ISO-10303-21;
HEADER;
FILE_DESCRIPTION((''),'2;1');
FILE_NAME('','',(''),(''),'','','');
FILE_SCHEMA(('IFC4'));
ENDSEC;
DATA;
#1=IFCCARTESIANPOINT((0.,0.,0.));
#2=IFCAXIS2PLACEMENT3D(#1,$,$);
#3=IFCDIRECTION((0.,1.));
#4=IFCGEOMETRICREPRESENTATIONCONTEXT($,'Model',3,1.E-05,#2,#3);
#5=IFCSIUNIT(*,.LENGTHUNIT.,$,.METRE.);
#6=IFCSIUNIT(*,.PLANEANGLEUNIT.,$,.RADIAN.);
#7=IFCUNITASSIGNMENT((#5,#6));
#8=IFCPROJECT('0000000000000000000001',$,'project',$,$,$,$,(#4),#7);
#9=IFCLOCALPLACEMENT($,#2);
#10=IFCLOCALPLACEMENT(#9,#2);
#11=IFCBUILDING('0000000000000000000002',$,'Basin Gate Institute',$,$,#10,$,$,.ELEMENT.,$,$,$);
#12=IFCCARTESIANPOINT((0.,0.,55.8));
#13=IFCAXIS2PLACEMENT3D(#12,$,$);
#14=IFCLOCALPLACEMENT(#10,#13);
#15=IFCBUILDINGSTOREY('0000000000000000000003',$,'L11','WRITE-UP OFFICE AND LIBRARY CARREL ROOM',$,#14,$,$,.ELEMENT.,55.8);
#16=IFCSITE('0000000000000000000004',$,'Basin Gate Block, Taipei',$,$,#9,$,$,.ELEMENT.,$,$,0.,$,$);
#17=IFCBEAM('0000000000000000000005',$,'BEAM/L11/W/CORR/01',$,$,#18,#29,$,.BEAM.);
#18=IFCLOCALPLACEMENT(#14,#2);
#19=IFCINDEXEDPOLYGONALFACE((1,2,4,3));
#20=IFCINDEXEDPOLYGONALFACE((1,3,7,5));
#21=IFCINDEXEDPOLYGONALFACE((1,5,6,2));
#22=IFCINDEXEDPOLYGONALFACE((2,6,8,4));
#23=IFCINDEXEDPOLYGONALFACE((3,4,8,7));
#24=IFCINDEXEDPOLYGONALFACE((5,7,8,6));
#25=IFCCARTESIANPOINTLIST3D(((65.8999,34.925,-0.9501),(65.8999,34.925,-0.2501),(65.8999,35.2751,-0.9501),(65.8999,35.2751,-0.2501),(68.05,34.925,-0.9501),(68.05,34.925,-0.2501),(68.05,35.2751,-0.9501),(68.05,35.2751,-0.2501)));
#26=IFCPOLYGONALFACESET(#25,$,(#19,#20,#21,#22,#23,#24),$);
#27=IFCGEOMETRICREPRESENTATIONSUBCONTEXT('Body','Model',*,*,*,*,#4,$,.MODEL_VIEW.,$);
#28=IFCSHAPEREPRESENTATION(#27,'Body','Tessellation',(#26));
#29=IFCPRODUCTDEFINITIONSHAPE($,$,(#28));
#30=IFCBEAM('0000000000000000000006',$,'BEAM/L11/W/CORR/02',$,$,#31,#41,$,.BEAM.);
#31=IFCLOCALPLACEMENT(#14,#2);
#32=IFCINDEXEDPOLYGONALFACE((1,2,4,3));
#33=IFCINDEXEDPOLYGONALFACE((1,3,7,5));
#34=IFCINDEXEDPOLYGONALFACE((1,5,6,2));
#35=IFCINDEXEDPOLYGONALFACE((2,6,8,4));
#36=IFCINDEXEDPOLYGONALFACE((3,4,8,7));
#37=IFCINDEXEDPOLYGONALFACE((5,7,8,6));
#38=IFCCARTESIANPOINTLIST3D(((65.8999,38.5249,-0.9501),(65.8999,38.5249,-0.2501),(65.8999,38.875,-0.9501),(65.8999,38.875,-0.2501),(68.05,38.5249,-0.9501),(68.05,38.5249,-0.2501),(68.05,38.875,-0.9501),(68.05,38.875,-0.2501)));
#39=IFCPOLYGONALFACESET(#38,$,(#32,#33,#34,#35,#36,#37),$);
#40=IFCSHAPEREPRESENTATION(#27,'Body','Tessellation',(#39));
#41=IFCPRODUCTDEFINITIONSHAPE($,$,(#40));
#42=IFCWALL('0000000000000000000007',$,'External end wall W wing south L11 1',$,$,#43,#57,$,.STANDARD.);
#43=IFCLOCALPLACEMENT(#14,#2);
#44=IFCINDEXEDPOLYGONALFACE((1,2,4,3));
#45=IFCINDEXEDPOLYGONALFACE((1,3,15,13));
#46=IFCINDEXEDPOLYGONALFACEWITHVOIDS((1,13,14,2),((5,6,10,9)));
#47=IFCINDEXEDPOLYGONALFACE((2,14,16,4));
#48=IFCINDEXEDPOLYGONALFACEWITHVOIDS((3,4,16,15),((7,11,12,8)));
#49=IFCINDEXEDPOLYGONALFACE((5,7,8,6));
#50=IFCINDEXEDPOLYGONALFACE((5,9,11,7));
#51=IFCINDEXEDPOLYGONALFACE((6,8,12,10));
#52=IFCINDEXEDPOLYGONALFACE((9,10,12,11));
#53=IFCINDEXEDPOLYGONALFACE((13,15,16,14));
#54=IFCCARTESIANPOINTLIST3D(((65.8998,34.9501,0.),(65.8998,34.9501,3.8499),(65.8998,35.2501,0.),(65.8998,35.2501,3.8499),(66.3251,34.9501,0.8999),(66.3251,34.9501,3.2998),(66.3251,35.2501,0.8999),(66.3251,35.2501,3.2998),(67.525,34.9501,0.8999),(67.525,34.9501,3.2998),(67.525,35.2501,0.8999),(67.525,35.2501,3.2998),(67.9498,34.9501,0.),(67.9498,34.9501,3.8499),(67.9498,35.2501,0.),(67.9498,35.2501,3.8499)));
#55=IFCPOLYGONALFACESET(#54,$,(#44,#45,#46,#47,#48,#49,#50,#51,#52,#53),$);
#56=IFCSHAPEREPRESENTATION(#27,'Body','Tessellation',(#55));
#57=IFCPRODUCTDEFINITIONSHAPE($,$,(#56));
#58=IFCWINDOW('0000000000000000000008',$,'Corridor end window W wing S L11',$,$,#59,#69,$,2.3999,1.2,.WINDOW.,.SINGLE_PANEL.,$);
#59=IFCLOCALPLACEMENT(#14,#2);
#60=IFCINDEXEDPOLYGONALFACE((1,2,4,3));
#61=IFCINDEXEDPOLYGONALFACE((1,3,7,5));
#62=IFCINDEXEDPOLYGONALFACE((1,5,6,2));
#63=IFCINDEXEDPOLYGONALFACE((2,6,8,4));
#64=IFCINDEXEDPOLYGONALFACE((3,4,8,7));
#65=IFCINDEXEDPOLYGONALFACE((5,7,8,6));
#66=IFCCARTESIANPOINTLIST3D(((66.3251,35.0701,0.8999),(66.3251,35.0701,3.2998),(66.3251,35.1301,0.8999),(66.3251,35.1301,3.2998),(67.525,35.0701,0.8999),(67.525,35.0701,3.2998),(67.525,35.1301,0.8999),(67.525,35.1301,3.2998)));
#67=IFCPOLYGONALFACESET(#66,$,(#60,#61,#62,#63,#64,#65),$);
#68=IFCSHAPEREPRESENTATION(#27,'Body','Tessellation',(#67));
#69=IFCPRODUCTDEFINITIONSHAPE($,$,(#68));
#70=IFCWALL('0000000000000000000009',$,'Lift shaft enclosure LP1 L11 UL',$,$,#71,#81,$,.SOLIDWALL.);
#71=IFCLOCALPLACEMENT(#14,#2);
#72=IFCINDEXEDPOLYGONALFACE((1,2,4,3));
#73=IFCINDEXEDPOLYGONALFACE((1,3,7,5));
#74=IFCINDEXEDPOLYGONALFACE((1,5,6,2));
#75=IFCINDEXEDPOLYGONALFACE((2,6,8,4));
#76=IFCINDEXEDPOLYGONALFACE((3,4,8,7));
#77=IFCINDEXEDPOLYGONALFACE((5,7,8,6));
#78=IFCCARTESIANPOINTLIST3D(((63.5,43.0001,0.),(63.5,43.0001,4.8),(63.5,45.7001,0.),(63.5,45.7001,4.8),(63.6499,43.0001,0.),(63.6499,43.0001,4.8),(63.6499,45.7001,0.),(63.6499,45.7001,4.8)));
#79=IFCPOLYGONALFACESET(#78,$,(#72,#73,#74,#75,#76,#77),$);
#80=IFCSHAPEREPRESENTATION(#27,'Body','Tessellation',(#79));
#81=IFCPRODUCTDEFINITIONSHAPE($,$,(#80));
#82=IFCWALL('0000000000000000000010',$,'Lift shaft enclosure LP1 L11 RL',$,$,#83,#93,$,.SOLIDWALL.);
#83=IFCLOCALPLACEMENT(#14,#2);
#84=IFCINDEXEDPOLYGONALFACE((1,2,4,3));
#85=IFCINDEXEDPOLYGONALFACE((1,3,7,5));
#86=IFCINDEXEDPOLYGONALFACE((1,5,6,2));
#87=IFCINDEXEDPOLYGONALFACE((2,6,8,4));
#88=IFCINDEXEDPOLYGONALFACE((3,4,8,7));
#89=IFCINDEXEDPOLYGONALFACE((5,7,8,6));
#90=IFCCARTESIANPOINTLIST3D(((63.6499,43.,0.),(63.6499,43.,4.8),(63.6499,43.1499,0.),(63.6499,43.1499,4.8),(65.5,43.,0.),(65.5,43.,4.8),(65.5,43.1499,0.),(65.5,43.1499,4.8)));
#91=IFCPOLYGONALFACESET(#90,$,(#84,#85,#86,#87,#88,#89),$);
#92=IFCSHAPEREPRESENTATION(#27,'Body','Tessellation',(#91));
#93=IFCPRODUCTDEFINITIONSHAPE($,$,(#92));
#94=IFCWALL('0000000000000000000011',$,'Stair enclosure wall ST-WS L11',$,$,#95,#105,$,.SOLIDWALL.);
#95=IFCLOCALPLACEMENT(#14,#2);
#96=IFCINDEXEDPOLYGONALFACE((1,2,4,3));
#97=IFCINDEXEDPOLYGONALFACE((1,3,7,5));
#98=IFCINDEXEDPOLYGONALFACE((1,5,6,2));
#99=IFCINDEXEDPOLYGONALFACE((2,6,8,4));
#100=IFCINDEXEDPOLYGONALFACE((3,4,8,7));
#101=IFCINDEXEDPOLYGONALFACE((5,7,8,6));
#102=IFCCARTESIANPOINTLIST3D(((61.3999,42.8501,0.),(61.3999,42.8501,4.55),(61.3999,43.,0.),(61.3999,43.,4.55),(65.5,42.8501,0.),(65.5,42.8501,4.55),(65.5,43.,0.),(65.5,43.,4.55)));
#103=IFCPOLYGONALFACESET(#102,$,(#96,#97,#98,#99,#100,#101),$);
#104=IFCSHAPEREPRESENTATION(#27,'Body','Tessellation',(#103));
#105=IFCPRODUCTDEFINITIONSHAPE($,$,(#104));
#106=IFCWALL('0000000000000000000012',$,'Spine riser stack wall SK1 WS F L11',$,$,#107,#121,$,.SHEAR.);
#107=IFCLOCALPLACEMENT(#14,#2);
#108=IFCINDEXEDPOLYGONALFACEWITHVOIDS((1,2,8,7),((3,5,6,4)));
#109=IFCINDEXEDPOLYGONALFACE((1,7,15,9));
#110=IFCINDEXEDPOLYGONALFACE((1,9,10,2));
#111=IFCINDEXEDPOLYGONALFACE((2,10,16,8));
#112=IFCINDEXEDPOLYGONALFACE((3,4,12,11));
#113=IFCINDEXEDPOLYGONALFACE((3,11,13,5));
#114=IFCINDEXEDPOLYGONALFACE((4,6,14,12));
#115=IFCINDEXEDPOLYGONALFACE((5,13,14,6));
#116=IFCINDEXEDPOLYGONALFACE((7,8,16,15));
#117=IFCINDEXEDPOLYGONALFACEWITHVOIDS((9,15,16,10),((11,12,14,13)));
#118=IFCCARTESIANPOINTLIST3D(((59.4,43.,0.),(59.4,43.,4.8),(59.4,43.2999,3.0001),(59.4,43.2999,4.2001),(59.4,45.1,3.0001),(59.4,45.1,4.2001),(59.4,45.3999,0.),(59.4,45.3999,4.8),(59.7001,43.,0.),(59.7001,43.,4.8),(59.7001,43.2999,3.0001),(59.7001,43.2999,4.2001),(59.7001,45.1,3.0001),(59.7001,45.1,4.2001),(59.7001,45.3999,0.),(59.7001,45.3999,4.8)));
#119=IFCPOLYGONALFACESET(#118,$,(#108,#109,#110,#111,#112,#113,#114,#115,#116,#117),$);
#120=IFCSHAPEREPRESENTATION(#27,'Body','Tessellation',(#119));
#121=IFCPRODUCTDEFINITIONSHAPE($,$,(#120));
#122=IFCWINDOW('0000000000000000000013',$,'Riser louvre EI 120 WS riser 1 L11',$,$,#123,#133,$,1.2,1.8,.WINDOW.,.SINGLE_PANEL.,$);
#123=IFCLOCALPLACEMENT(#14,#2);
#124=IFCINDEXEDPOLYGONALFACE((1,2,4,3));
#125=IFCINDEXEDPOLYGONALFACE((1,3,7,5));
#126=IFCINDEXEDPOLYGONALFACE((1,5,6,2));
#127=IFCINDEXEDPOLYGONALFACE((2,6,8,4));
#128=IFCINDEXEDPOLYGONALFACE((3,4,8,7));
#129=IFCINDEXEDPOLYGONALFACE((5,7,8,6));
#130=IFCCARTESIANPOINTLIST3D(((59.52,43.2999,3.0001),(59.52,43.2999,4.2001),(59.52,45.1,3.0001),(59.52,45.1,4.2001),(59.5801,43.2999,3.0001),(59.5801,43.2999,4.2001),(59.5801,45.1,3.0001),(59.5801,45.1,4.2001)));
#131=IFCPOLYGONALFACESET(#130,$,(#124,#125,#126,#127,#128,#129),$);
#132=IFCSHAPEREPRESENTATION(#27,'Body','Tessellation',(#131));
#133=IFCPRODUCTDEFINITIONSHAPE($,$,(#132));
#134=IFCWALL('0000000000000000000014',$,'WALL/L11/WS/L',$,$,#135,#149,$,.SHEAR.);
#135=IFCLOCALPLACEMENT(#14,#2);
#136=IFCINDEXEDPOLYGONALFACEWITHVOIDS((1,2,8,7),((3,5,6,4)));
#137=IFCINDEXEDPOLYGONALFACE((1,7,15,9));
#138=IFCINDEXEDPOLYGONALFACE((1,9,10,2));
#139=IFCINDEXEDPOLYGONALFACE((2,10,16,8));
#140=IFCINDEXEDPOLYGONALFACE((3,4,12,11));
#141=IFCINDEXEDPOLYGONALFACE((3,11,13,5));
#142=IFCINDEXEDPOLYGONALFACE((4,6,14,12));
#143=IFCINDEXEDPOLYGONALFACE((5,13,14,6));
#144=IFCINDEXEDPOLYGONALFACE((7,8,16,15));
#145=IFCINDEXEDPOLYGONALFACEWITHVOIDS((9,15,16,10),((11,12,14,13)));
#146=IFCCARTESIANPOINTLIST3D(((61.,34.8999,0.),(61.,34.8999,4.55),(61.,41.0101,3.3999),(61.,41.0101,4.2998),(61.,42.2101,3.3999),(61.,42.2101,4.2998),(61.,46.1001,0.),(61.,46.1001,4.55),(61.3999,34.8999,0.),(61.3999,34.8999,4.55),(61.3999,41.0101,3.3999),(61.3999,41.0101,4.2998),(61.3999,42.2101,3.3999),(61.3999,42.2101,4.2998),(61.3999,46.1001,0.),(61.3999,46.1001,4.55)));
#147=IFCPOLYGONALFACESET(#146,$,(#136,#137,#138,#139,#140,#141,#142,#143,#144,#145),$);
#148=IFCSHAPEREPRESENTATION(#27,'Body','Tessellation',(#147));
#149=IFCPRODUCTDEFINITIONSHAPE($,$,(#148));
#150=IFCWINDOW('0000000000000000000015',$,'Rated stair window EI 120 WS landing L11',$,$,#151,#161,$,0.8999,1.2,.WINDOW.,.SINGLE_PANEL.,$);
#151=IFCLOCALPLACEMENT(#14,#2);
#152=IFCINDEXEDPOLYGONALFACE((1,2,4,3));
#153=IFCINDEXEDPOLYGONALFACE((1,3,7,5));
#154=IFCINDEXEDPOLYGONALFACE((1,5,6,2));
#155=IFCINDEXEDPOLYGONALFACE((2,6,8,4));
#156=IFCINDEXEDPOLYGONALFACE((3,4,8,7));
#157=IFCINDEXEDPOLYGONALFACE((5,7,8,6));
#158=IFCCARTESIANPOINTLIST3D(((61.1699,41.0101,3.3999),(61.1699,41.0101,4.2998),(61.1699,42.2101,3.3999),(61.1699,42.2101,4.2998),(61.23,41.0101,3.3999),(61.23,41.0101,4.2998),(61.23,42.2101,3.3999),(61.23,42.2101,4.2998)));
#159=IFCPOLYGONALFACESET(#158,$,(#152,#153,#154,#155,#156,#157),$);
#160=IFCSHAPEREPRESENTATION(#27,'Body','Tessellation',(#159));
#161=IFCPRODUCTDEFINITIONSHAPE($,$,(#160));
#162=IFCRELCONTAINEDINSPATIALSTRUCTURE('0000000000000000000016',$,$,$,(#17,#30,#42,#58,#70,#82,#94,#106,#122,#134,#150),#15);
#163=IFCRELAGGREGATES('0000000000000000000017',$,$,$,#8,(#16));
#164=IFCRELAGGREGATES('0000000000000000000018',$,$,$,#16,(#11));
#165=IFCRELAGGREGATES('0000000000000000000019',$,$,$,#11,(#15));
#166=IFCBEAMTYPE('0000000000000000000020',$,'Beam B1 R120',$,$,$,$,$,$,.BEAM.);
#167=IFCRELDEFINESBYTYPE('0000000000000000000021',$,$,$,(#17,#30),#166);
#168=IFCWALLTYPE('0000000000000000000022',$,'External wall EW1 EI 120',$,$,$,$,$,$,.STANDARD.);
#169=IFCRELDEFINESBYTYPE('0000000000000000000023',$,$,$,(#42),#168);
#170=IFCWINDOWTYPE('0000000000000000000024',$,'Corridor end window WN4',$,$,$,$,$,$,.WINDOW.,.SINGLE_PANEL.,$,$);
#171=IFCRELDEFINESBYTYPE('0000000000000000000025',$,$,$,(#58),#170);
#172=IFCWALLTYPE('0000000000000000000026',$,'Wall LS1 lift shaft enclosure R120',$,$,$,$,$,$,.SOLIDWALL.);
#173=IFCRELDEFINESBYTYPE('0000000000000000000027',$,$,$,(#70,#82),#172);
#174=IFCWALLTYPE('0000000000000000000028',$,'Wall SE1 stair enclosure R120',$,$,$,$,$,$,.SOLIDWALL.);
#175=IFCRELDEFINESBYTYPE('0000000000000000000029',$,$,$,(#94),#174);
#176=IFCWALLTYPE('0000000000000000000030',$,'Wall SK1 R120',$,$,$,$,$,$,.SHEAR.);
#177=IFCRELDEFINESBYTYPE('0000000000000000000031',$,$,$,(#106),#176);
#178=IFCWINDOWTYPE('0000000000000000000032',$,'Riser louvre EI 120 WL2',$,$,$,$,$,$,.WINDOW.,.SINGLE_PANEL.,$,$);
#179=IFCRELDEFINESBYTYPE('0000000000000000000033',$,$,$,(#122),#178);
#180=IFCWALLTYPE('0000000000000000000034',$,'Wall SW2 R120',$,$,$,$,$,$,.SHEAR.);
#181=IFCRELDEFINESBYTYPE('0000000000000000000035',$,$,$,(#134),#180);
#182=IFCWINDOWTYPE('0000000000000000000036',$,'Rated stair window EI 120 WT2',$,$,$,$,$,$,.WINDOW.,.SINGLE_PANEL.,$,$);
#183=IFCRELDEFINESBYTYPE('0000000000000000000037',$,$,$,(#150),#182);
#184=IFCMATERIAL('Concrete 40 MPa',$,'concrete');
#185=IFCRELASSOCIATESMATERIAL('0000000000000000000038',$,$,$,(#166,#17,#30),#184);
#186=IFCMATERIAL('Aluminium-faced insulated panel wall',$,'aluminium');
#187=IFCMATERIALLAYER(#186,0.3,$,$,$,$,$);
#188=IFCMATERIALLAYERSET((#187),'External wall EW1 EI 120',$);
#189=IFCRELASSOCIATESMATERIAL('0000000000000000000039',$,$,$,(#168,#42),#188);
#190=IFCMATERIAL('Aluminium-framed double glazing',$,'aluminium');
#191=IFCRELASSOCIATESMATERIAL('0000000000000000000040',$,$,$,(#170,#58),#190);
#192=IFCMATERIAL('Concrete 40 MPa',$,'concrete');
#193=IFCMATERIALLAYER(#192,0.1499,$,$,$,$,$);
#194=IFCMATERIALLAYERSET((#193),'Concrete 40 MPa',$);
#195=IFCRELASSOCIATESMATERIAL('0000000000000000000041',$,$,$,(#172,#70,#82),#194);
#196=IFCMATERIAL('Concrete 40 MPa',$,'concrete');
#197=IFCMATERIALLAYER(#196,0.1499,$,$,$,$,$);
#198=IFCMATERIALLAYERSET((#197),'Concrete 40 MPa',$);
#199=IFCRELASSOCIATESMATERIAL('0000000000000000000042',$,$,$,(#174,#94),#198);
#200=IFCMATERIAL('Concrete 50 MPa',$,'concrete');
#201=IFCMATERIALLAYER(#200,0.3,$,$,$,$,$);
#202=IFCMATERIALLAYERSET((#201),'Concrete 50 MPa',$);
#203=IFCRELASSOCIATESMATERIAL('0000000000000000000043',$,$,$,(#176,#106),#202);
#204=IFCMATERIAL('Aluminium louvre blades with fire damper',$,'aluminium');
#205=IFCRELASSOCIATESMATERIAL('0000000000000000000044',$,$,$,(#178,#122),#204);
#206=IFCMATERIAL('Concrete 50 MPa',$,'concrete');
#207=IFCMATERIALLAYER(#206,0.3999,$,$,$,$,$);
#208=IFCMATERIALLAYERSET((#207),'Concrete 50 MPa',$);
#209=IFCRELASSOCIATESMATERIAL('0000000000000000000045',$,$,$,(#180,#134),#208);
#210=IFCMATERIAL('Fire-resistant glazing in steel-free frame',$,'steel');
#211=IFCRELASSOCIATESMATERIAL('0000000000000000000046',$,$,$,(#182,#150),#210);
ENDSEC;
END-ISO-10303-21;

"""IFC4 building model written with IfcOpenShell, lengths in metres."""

from ifc_helpers import new_model, si_unit, direction, frame, frame_2d, origin, origin_2d, place, context, subcontext, project, spatial, rectangle, extrude, material, layer, layer_set, material_profile, profile_set, type_object, element, fill, save


model = new_model("IFC4")

# Units and contexts
model_context = context("Model", 3, precision=1e-05, world=origin(), true_north=direction((0.0, 1.0)))
body_context = subcontext(model_context, "Body", "Model", "MODEL_VIEW")
ifc_project = project(units=[si_unit("LENGTHUNIT", "METRE"), si_unit("PLANEANGLEUNIT", "RADIAN")], contexts=[model_context])

# Site, building, storey
site_placement = place(None, origin())
site = spatial("IfcSite", under=ifc_project, at=site_placement, Name="Basin Gate Block, Taipei", CompositionType="ELEMENT", RefElevation=0.0)
building_placement = place(site_placement, origin())
building = spatial("IfcBuilding", under=site, at=building_placement, Name="Basin Gate Institute", CompositionType="ELEMENT")
storey_placement = place(building_placement, frame((0.0, 0.0, 55.8)))
storey = spatial("IfcBuildingStorey", under=building, at=storey_placement, Name="L11", Description="WRITE-UP OFFICE AND LIBRARY CARREL ROOM", CompositionType="ELEMENT", Elevation=55.8)

# Beams
ifc_material_1 = material(Name="Concrete 40 MPa", Category="concrete")
ifc_material_profile = material_profile(ifc_material_1, rectangle(XDim=0.3501, YDim=0.7, at=origin_2d()), Name="Beam B1 350 x 700")
ifc_profile_set = profile_set([ifc_material_profile], Name="Concrete 40 MPa")
beam_type = type_object("IfcBeamType", Name="Beam B1 R120", PredefinedType="BEAM", material=ifc_profile_set)
for number, where, z_axis, x_axis, name in (
    (1, (65.8999, 35.1001, -0.6001), (1.0, 0.0, 0.0), (0.0, 1.0, 0.0), "BEAM/L11/W/CORR/01"),
    (2, (65.8999, 38.7, -0.6001), (1.0, 0.0, 0.0), (0.0, 1.0, 0.0), "BEAM/L11/W/CORR/02"),
):
    element("IfcBeam", number, at=place(storey_placement, frame(where, z_axis=z_axis, x_axis=x_axis)), inside=storey, type_object=beam_type, material=ifc_profile_set, Name=name, PredefinedType="BEAM", context=body_context, shape_type="SweptSolid", body=[
        extrude(rectangle(XDim=0.3501, YDim=0.7, at=origin_2d()), origin(), (0.0, 0.0, 1.0), 2.1501),
    ])

# Wall, opening, window
ifc_material_2 = material(Name="Aluminium-faced insulated panel wall", Category="aluminium")
ifc_layer_1 = layer(ifc_material_2, 0.3)
ifc_layer_set_1 = layer_set([ifc_layer_1], Name="External wall EW1 EI 120")
wall_type_1 = type_object("IfcWallType", Name="External wall EW1 EI 120", PredefinedType="STANDARD", material=ifc_layer_set_1)
wall_1_placement = place(storey_placement, frame((65.8999, 35.1001, 0.0), z_axis=(0.0, 0.0, 1.0), x_axis=(1.0, 0.0, 0.0)))
wall_1 = element("IfcWall", 3, at=wall_1_placement, inside=storey, type_object=wall_type_1, material=ifc_layer_set_1, Name="External end wall W wing south L11 1", PredefinedType="STANDARD", context=body_context, shape_type="SweptSolid", body=[
    extrude(rectangle(XDim=2.05, YDim=0.3, at=frame_2d((1.0249, 0.0))), origin(), (0.0, 0.0, 1.0), 3.8499),
])
opening_1_placement = place(wall_1_placement, frame((0.425, 0.0, 0.8999)))
opening_1 = element("IfcOpeningElement", 4, at=opening_1_placement, cuts=wall_1, PredefinedType="OPENING", context=body_context, shape_type="SweptSolid", body=[
    extrude(rectangle(XDim=1.2, YDim=2.3999, at=frame_2d((0.6001, 1.2))), frame((0.0, 0.1602, 0.0), z_axis=(0.0, -1.0, 0.0), x_axis=(1.0, 0.0, 0.0)), (0.0, 0.0, 1.0), 0.3201),
])
ifc_material_3 = material(Name="Aluminium-framed double glazing", Category="aluminium")
window_type_1 = type_object("IfcWindowType", Name="Corridor end window WN4", PartitioningType="SINGLE_PANEL", PredefinedType="WINDOW", material=ifc_material_3)
window_1_placement = place(opening_1_placement, origin())
window_1 = element("IfcWindow", 5, at=window_1_placement, inside=storey, type_object=window_type_1, material=ifc_material_3, Name="Corridor end window W wing S L11", OverallHeight=2.3999, OverallWidth=1.2, PartitioningType="SINGLE_PANEL", PredefinedType="WINDOW", context=body_context, shape_type="SweptSolid", body=[
    extrude(rectangle(XDim=1.2, YDim=2.3999, at=frame_2d((0.6001, 1.2))), frame((0.0, 0.03, 0.0), z_axis=(0.0, -1.0, 0.0), x_axis=(1.0, 0.0, 0.0)), (0.0, 0.0, 1.0), 0.0601),
])
fill(opening_1, window_1)

# Walls
ifc_material_4 = material(Name="Concrete 40 MPa", Category="concrete")
ifc_layer_2 = layer(ifc_material_4, 0.1499)
ifc_layer_set_2 = layer_set([ifc_layer_2], Name="Concrete 40 MPa")
wall_type_2 = type_object("IfcWallType", Name="Wall LS1 lift shaft enclosure R120", PredefinedType="SOLIDWALL", material=ifc_layer_set_2)
wall_2_placement = place(storey_placement, frame((63.575, 43.0, 0.0), z_axis=(0.0, 0.0, 1.0), x_axis=(0.0, 1.0, 0.0)))
element("IfcWall", 6, at=wall_2_placement, inside=storey, type_object=wall_type_2, material=ifc_layer_set_2, Name="Lift shaft enclosure LP1 L11 UL", PredefinedType="SOLIDWALL", context=body_context, shape_type="SweptSolid", body=[
    extrude(rectangle(XDim=2.7, YDim=0.1499, at=frame_2d((1.3501, 0.0))), origin(), (0.0, 0.0, 1.0), 4.8),
])
wall_3_placement = place(storey_placement, frame((63.6499, 43.075, 0.0), z_axis=(0.0, 0.0, 1.0), x_axis=(1.0, 0.0, 0.0)))
element("IfcWall", 7, at=wall_3_placement, inside=storey, type_object=wall_type_2, material=ifc_layer_set_2, Name="Lift shaft enclosure LP1 L11 RL", PredefinedType="SOLIDWALL", context=body_context, shape_type="SweptSolid", body=[
    extrude(rectangle(XDim=1.8501, YDim=0.1499, at=frame_2d((0.925, 0.0))), origin(), (0.0, 0.0, 1.0), 4.8),
])
ifc_material_5 = material(Name="Concrete 40 MPa", Category="concrete")
ifc_layer_3 = layer(ifc_material_5, 0.1499)
ifc_layer_set_3 = layer_set([ifc_layer_3], Name="Concrete 40 MPa")
wall_type_3 = type_object("IfcWallType", Name="Wall SE1 stair enclosure R120", PredefinedType="SOLIDWALL", material=ifc_layer_set_3)
wall_4_placement = place(storey_placement, frame((61.3999, 42.925, 0.0), z_axis=(0.0, 0.0, 1.0), x_axis=(1.0, 0.0, 0.0)))
element("IfcWall", 8, at=wall_4_placement, inside=storey, type_object=wall_type_3, material=ifc_layer_set_3, Name="Stair enclosure wall ST-WS L11", PredefinedType="SOLIDWALL", context=body_context, shape_type="SweptSolid", body=[
    extrude(rectangle(XDim=4.1001, YDim=0.1499, at=frame_2d((2.05, 0.0))), origin(), (0.0, 0.0, 1.0), 4.55),
])

# Walls, openings, windows
ifc_material_6 = material(Name="Concrete 50 MPa", Category="concrete")
ifc_layer_4 = layer(ifc_material_6, 0.3)
ifc_layer_set_4 = layer_set([ifc_layer_4], Name="Concrete 50 MPa")
wall_type_4 = type_object("IfcWallType", Name="Wall SK1 R120", PredefinedType="SHEAR", material=ifc_layer_set_4)
wall_5_placement = place(storey_placement, frame((59.55, 43.0, 0.0), z_axis=(0.0, 0.0, 1.0), x_axis=(0.0, 1.0, 0.0)))
wall_5 = element("IfcWall", 9, at=wall_5_placement, inside=storey, type_object=wall_type_4, material=ifc_layer_set_4, Name="Spine riser stack wall SK1 WS F L11", PredefinedType="SHEAR", context=body_context, shape_type="SweptSolid", body=[
    extrude(rectangle(XDim=2.3999, YDim=0.3, at=frame_2d((1.2, 0.0))), origin(), (0.0, 0.0, 1.0), 4.8),
])
opening_2_placement = place(wall_5_placement, frame((0.3, 0.0, 3.0)))
opening_2 = element("IfcOpeningElement", 10, at=opening_2_placement, cuts=wall_5, PredefinedType="OPENING", context=body_context, shape_type="SweptSolid", body=[
    extrude(rectangle(XDim=1.8, YDim=1.2, at=frame_2d((0.8999, 0.6001))), frame((0.0, 0.1602, 0.0), z_axis=(0.0, -1.0, 0.0), x_axis=(1.0, 0.0, 0.0)), (0.0, 0.0, 1.0), 0.3201),
])
ifc_material_7 = material(Name="Aluminium louvre blades with fire damper", Category="aluminium")
window_type_2 = type_object("IfcWindowType", Name="Riser louvre EI 120 WL2", PartitioningType="SINGLE_PANEL", PredefinedType="WINDOW", material=ifc_material_7)
window_2_placement = place(opening_2_placement, origin())
window_2 = element("IfcWindow", 11, at=window_2_placement, inside=storey, type_object=window_type_2, material=ifc_material_7, Name="Riser louvre EI 120 WS riser 1 L11", OverallHeight=1.2, OverallWidth=1.8, PartitioningType="SINGLE_PANEL", PredefinedType="WINDOW", context=body_context, shape_type="SweptSolid", body=[
    extrude(rectangle(XDim=1.8, YDim=1.2, at=frame_2d((0.8999, 0.6001))), frame((0.0, 0.03, 0.0), z_axis=(0.0, -1.0, 0.0), x_axis=(1.0, 0.0, 0.0)), (0.0, 0.0, 1.0), 0.0601),
])
fill(opening_2, window_2)
ifc_material_8 = material(Name="Concrete 50 MPa", Category="concrete")
ifc_layer_5 = layer(ifc_material_8, 0.3999)
ifc_layer_set_5 = layer_set([ifc_layer_5], Name="Concrete 50 MPa")
wall_type_5 = type_object("IfcWallType", Name="Wall SW2 R120", PredefinedType="SHEAR", material=ifc_layer_set_5)
wall_6_placement = place(storey_placement, frame((61.2, 34.8999, 0.0), z_axis=(0.0, 0.0, 1.0), x_axis=(0.0, 1.0, 0.0)))
wall_6 = element("IfcWall", 12, at=wall_6_placement, inside=storey, type_object=wall_type_5, material=ifc_layer_set_5, Name="WALL/L11/WS/L", PredefinedType="SHEAR", context=body_context, shape_type="SweptSolid", body=[
    extrude(rectangle(XDim=11.2002, YDim=0.3999, at=frame_2d((5.6001, 0.0))), origin(), (0.0, 0.0, 1.0), 4.55),
])
opening_3_placement = place(wall_6_placement, frame((6.1101, 0.0, 3.3999)))
opening_3 = element("IfcOpeningElement", 13, at=opening_3_placement, cuts=wall_6, PredefinedType="OPENING", context=body_context, shape_type="SweptSolid", body=[
    extrude(rectangle(XDim=1.2, YDim=0.8999, at=frame_2d((0.6001, 0.45))), frame((0.0, 0.21, 0.0), z_axis=(0.0, -1.0, 0.0), x_axis=(1.0, 0.0, 0.0)), (0.0, 0.0, 1.0), 0.4199),
])
ifc_material_9 = material(Name="Fire-resistant glazing in steel-free frame", Category="steel")
window_type_3 = type_object("IfcWindowType", Name="Rated stair window EI 120 WT2", PartitioningType="SINGLE_PANEL", PredefinedType="WINDOW", material=ifc_material_9)
window_3_placement = place(opening_3_placement, origin())
window_3 = element("IfcWindow", 14, at=window_3_placement, inside=storey, type_object=window_type_3, material=ifc_material_9, Name="Rated stair window EI 120 WS landing L11", OverallHeight=0.8999, OverallWidth=1.2, PartitioningType="SINGLE_PANEL", PredefinedType="WINDOW", context=body_context, shape_type="SweptSolid", body=[
    extrude(rectangle(XDim=1.2, YDim=0.8999, at=frame_2d((0.6001, 0.45))), frame((0.0, 0.03, 0.0), z_axis=(0.0, -1.0, 0.0), x_axis=(1.0, 0.0, 0.0)), (0.0, 0.0, 1.0), 0.0601),
])
fill(opening_3, window_3)

save(model, "model.ifc")
